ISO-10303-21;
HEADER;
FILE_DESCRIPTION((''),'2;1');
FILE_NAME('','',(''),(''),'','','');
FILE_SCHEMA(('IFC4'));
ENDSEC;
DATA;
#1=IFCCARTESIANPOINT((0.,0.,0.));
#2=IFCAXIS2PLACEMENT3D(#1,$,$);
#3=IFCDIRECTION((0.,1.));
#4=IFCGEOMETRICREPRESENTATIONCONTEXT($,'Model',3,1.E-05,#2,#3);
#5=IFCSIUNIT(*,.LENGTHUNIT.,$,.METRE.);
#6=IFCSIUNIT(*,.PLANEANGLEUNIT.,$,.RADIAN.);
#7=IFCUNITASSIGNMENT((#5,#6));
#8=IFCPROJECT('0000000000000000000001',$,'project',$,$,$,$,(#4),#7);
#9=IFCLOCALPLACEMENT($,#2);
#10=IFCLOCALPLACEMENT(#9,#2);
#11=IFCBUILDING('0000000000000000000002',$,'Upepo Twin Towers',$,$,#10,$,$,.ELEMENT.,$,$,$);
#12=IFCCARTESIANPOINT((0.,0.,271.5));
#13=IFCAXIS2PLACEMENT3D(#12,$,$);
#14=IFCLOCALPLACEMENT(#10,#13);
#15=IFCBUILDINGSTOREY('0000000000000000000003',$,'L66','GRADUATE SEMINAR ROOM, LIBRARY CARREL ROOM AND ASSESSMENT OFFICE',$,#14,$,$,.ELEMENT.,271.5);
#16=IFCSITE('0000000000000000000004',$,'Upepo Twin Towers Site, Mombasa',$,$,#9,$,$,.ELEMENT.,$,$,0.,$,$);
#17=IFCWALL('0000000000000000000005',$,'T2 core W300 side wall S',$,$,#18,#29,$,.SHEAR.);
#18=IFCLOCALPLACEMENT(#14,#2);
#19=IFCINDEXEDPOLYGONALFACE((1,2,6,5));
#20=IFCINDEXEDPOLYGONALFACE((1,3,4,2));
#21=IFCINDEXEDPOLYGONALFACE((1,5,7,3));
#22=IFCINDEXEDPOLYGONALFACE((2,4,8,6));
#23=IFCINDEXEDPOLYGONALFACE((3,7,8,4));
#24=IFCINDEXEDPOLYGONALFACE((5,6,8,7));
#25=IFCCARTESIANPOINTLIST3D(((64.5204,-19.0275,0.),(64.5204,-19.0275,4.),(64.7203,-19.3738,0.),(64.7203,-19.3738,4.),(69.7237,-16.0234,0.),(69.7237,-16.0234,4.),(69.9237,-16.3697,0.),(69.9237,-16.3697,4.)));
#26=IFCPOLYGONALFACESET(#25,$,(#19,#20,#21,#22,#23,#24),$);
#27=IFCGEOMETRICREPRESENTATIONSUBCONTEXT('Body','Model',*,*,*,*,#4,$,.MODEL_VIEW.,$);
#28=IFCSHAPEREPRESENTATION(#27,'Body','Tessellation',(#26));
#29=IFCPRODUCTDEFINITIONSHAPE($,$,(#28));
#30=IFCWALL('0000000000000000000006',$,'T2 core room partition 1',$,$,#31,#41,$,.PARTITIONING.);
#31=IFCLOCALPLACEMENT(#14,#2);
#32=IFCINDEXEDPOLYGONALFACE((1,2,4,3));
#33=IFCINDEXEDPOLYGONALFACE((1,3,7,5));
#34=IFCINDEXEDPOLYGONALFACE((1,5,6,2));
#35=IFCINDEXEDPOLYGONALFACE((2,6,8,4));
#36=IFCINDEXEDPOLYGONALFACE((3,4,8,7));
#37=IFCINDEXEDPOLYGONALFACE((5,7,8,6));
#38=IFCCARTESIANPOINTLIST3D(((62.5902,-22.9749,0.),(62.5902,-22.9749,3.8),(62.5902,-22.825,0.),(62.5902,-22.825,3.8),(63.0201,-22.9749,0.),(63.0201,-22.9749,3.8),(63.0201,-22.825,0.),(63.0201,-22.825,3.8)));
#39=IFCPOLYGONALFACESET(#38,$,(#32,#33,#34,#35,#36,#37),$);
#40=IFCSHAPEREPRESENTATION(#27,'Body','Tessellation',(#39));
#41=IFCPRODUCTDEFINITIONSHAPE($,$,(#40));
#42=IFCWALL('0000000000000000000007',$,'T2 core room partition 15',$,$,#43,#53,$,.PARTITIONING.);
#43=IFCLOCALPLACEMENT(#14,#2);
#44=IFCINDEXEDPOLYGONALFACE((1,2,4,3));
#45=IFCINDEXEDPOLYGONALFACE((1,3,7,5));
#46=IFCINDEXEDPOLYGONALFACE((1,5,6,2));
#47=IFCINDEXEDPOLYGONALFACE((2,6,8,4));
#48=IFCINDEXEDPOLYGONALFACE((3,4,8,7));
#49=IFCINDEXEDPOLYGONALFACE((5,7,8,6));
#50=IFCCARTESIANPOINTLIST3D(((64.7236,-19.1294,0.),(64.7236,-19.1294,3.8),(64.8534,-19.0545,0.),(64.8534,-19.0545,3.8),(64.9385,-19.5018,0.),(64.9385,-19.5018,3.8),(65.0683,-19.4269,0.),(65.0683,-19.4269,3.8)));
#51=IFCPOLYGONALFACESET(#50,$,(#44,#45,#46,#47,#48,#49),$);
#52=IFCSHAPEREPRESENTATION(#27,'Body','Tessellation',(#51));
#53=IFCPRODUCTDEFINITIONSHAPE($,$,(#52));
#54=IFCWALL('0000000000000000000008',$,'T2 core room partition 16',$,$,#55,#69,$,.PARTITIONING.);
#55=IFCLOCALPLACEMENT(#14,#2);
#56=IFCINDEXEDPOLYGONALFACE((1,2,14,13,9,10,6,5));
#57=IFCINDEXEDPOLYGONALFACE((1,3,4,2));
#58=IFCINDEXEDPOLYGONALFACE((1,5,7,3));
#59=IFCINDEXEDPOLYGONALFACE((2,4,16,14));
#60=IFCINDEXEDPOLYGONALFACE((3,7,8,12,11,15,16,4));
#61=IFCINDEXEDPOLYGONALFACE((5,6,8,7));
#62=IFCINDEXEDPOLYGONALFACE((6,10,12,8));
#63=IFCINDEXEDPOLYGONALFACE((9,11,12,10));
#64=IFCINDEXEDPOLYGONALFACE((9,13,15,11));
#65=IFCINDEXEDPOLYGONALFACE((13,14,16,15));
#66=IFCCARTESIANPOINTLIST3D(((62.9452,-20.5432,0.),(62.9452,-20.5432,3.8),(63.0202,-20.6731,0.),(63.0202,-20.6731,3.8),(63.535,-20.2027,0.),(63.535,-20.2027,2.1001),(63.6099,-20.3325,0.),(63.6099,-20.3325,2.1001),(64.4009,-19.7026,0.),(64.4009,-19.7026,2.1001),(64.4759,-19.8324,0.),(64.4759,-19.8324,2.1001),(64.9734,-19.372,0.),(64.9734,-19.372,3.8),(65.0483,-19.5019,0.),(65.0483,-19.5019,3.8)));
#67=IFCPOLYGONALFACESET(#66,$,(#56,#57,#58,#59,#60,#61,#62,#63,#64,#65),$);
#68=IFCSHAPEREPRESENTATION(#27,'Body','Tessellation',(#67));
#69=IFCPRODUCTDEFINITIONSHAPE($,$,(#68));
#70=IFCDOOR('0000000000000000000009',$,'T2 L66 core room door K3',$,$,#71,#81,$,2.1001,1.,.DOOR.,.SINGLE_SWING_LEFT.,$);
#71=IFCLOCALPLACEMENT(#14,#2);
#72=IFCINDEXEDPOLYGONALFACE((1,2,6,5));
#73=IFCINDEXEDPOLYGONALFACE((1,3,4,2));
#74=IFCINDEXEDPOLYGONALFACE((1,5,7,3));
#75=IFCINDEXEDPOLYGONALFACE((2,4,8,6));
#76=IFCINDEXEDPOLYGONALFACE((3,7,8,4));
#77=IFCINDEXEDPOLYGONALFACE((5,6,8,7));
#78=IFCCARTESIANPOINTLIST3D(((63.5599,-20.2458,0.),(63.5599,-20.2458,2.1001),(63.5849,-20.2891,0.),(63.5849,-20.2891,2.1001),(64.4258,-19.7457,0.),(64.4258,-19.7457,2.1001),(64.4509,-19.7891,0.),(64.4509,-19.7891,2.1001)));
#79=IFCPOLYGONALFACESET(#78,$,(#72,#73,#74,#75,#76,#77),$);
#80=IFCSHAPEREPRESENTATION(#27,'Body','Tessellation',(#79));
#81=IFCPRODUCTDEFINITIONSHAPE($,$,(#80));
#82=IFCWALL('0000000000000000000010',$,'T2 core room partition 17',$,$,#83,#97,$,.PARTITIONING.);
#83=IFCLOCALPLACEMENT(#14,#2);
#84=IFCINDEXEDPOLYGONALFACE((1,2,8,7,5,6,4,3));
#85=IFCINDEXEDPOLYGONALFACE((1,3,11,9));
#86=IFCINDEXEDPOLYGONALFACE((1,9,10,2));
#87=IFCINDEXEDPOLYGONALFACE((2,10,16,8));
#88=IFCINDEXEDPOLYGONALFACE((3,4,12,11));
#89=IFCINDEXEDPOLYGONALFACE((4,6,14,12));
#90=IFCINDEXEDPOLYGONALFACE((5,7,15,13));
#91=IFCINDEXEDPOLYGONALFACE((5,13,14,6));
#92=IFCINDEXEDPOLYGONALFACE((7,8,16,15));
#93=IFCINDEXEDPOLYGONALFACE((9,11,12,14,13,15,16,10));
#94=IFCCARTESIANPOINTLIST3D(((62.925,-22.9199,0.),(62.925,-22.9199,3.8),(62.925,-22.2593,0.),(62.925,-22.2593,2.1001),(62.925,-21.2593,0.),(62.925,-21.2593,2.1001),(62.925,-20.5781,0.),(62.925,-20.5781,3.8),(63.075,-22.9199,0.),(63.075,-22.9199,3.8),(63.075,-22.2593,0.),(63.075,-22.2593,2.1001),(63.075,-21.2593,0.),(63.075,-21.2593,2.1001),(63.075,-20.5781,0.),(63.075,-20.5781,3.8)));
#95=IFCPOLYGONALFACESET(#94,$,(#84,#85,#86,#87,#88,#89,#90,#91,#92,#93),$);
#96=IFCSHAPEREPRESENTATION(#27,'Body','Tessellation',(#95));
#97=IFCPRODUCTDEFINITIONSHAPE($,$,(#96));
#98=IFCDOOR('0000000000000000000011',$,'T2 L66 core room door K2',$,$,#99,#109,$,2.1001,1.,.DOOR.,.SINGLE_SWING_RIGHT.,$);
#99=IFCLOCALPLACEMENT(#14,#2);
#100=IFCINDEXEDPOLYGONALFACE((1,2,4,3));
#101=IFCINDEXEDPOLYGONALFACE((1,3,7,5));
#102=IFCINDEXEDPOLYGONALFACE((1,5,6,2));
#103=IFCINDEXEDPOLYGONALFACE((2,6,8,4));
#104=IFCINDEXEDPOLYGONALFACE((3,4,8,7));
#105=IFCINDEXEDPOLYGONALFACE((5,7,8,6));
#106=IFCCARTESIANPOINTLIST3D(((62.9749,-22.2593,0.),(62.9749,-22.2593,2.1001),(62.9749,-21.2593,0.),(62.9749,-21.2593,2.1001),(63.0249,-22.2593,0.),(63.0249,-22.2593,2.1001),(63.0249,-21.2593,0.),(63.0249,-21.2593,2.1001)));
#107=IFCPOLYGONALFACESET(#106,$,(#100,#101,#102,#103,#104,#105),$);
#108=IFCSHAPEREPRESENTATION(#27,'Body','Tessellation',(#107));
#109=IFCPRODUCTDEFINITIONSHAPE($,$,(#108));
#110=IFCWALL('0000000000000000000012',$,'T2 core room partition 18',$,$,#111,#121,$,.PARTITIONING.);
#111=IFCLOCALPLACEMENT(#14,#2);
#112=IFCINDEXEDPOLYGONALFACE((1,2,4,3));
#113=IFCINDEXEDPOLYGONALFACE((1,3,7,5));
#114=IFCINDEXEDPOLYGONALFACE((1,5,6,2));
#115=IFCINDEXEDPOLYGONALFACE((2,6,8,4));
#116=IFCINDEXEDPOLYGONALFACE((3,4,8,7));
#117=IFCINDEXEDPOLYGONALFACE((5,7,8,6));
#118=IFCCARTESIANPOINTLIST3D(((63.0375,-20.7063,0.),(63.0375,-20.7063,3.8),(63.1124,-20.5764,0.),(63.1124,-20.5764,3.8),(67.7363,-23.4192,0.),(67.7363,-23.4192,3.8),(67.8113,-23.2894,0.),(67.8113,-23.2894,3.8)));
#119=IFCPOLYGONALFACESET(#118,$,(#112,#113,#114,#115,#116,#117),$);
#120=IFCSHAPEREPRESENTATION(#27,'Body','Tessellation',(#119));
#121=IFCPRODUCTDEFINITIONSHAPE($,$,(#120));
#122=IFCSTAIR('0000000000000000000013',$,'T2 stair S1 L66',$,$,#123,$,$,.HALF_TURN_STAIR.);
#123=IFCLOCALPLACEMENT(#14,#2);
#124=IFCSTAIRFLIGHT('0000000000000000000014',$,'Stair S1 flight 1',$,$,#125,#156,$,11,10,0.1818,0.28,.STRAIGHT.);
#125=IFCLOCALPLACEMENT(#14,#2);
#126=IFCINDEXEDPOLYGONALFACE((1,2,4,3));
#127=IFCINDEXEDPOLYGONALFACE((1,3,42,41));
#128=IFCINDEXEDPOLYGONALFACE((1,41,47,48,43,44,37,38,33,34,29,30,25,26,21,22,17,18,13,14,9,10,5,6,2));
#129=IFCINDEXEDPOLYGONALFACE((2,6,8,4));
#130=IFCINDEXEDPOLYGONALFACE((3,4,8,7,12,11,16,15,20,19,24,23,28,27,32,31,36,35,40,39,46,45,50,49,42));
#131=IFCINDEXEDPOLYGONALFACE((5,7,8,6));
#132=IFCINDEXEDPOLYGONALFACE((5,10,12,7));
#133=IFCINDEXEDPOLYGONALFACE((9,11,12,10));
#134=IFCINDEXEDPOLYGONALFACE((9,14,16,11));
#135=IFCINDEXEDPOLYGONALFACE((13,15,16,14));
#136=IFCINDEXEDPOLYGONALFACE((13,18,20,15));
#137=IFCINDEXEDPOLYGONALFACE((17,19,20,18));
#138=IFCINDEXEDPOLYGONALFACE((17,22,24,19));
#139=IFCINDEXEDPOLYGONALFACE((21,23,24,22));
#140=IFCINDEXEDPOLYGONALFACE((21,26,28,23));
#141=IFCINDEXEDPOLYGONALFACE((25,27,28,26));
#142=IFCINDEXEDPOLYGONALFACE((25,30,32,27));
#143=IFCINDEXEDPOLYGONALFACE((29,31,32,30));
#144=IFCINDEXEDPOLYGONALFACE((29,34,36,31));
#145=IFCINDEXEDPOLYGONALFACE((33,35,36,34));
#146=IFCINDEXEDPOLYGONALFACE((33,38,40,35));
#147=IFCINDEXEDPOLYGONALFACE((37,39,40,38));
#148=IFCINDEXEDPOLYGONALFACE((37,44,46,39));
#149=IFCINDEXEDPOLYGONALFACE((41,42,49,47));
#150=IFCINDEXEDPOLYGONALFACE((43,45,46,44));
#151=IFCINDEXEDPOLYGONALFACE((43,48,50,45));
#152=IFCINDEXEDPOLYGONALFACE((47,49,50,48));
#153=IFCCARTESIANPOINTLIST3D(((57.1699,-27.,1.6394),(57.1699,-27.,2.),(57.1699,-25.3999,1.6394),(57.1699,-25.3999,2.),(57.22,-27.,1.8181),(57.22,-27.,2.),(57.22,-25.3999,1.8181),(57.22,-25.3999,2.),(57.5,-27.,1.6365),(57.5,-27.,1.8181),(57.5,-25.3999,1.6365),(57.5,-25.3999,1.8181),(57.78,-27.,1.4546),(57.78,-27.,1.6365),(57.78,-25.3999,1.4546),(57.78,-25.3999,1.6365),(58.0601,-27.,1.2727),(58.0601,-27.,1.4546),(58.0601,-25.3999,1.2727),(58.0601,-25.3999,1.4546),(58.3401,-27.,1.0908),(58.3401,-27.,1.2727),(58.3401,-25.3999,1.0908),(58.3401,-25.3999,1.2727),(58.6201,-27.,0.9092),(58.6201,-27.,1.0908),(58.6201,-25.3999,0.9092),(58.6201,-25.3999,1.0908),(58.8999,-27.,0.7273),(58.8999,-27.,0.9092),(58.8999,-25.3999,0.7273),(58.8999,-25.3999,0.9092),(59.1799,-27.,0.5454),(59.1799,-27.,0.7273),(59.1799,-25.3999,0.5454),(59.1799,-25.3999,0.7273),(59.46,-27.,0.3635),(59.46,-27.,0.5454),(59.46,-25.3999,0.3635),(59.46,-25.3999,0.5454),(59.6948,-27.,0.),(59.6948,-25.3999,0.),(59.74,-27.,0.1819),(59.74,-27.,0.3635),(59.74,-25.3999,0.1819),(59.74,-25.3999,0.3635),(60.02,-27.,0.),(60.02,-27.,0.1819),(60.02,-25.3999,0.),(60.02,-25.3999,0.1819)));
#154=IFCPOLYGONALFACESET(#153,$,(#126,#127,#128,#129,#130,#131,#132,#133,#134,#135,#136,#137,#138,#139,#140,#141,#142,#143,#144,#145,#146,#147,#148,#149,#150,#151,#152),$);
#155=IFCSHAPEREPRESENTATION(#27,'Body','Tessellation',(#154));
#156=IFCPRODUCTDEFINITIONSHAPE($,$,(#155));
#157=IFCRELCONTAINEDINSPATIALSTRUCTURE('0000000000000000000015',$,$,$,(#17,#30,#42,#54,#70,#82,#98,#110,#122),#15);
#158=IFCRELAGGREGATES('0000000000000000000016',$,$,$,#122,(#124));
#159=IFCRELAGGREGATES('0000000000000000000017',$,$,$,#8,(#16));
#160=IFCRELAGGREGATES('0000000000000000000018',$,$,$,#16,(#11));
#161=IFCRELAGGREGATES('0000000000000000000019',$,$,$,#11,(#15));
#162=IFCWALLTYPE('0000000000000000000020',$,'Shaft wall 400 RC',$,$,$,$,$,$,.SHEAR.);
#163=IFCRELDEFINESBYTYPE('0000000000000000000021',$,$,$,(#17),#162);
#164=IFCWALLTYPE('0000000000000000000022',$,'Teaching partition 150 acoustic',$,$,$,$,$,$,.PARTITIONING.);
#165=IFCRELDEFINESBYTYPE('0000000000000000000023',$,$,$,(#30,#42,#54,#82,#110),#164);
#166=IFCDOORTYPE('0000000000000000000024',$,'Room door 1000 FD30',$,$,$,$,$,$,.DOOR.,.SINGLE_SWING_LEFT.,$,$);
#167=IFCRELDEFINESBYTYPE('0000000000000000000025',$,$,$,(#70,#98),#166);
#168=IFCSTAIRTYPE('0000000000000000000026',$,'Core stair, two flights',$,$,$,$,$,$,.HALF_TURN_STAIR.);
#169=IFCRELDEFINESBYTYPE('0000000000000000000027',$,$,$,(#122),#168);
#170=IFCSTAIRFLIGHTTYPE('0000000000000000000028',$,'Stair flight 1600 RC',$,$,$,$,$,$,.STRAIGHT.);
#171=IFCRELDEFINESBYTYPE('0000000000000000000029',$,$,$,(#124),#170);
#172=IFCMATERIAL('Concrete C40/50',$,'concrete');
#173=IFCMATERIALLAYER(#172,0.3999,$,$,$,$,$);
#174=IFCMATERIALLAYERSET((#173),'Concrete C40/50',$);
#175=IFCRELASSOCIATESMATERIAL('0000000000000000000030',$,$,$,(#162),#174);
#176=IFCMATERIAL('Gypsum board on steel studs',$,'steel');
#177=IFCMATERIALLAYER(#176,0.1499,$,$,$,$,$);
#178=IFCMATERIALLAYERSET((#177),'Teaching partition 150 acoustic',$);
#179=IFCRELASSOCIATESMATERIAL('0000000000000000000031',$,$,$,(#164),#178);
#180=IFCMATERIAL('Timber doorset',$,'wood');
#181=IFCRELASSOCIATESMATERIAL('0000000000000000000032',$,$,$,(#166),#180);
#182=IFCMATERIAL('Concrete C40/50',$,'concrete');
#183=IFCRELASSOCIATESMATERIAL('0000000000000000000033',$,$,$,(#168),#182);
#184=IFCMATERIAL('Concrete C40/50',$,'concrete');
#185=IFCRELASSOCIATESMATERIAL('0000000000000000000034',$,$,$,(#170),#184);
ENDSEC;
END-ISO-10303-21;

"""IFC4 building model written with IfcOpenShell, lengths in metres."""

from ifc_helpers import new_model, si_unit, direction, frame, frame_2d, origin, place, context, subcontext, project, spatial, polyline, rectangle, outline, extrude, material, layer, layer_set, type_object, element, fill, aggregate, save


model = new_model("IFC4")

# Units and contexts
model_context = context("Model", 3, precision=1e-05, world=origin(), true_north=direction((0.0, 1.0)))
body_context = subcontext(model_context, "Body", "Model", "MODEL_VIEW")
ifc_project = project(units=[si_unit("LENGTHUNIT", "METRE"), si_unit("PLANEANGLEUNIT", "RADIAN")], contexts=[model_context])

# Site, building, storey
site_placement = place(None, origin())
site = spatial("IfcSite", under=ifc_project, at=site_placement, Name="Upepo Twin Towers Site, Mombasa", CompositionType="ELEMENT", RefElevation=0.0)
building_placement = place(site_placement, origin())
building = spatial("IfcBuilding", under=site, at=building_placement, Name="Upepo Twin Towers", CompositionType="ELEMENT")
storey_placement = place(building_placement, frame((0.0, 0.0, 271.5)))
storey = spatial("IfcBuildingStorey", under=building, at=storey_placement, Name="L66", Description="GRADUATE SEMINAR ROOM, LIBRARY CARREL ROOM AND ASSESSMENT OFFICE", CompositionType="ELEMENT", Elevation=271.5)

# Walls
ifc_material_1 = material(Name="Concrete C40/50", Category="concrete")
ifc_layer_1 = layer(ifc_material_1, 0.3999)
ifc_layer_set_1 = layer_set([ifc_layer_1], Name="Concrete C40/50")
wall_type_1 = type_object("IfcWallType", Name="Shaft wall 400 RC", PredefinedType="SHEAR", material=ifc_layer_set_1)
for number, where, z_axis, x_axis, name in (
    (1, (64.6204, -19.2007, 0.0), (0.0, 0.0, 1.0), (0.866027, 0.499998, 0.0), "T2 core W300 side wall S"),
):
    element("IfcWall", number, at=place(storey_placement, frame(where, z_axis=z_axis, x_axis=x_axis)), inside=storey, type_object=wall_type_1, Name=name, PredefinedType="SHEAR", context=body_context, shape_type="SweptSolid", body=[
        extrude(rectangle(XDim=6.0083, YDim=0.3999, at=frame_2d((3.0042, 0.0))), origin(), (0.0, 0.0, 1.0), 4.0),
    ])
ifc_material_2 = material(Name="Gypsum board on steel studs", Category="steel")
ifc_layer_2 = layer(ifc_material_2, 0.1499)
ifc_layer_set_2 = layer_set([ifc_layer_2], Name="Teaching partition 150 acoustic")
wall_type_2 = type_object("IfcWallType", Name="Teaching partition 150 acoustic", PredefinedType="PARTITIONING", material=ifc_layer_set_2)
for number, where, z_axis, x_axis, name in (
    (2, (63.02, -22.8999, 0.0), (0.0, 0.0, 1.0), (-1.0, 0.0, 0.0), "T2 core room partition 1"),
    (3, (64.7886, -19.092, 0.0), (0.0, 0.0, 1.0), (0.499804, -0.866138, 0.0), "T2 core room partition 15"),
):
    element("IfcWall", number, at=place(storey_placement, frame(where, z_axis=z_axis, x_axis=x_axis)), inside=storey, type_object=wall_type_2, Name=name, PredefinedType="PARTITIONING", context=body_context, shape_type="SweptSolid", body=[
        extrude(rectangle(XDim=0.4299, YDim=0.1499, at=frame_2d((0.2148, 0.0))), origin(), (0.0, 0.0, 1.0), 3.8),
    ])

# Walls, openings, doors
wall_1_placement = place(storey_placement, frame((65.0107, -19.437, 0.0), z_axis=(0.0, 0.0, 1.0), x_axis=(-0.865982, -0.500074, 0.0)))
wall_1 = element("IfcWall", 4, at=wall_1_placement, inside=storey, type_object=wall_type_2, Name="T2 core room partition 16", PredefinedType="PARTITIONING", context=body_context, shape_type="SweptSolid", body=[
    extrude(rectangle(XDim=2.342, YDim=0.1499, at=frame_2d((1.1709, 0.0))), origin(), (0.0, 0.0, 1.0), 3.8),
])
opening_1_placement = place(wall_1_placement, frame((0.6609, 0.0, 0.0)))
opening_1 = element("IfcOpeningElement", 5, at=opening_1_placement, cuts=wall_1, PredefinedType="OPENING", context=body_context, shape_type="SweptSolid", body=[
    extrude(rectangle(XDim=1.0, YDim=2.1001, at=frame_2d((0.5, 1.05))), frame((0.0, 0.085, 0.0), z_axis=(0.0, -1.0, 0.0), x_axis=(1.0, 0.0, 0.0)), (0.0, 0.0, 1.0), 0.1699),
])
ifc_material_3 = material(Name="Timber doorset", Category="wood")
door_type_1 = type_object("IfcDoorType", Name="Room door 1000 FD30", OperationType="SINGLE_SWING_LEFT", PredefinedType="DOOR", material=ifc_material_3)
door_1_placement = place(opening_1_placement, origin())
door_1 = element("IfcDoor", 6, at=door_1_placement, inside=storey, type_object=door_type_1, Name="T2 L66 core room door K3", OperationType="SINGLE_SWING_LEFT", OverallHeight=2.1001, OverallWidth=1.0, PredefinedType="DOOR", context=body_context, shape_type="SweptSolid", body=[
    extrude(rectangle(XDim=1.0, YDim=2.1001, at=frame_2d((0.5, 1.05))), frame((0.0, 0.0249, 0.0), z_axis=(0.0, -1.0, 0.0), x_axis=(1.0, 0.0, 0.0)), (0.0, 0.0, 1.0), 0.05),
])
fill(opening_1, door_1)
wall_2_placement = place(storey_placement, frame((63.0, -20.5781, 0.0), z_axis=(0.0, 0.0, 1.0), x_axis=(0.0, -1.0, 0.0)))
wall_2 = element("IfcWall", 7, at=wall_2_placement, inside=storey, type_object=wall_type_2, Name="T2 core room partition 17", PredefinedType="PARTITIONING", context=body_context, shape_type="SweptSolid", body=[
    extrude(rectangle(XDim=2.3418, YDim=0.1499, at=frame_2d((1.1709, 0.0))), origin(), (0.0, 0.0, 1.0), 3.8),
])
opening_2_placement = place(wall_2_placement, frame((0.6812, 0.0, 0.0)))
opening_2 = element("IfcOpeningElement", 8, at=opening_2_placement, cuts=wall_2, PredefinedType="OPENING", context=body_context, shape_type="SweptSolid", body=[
    extrude(rectangle(XDim=1.0, YDim=2.1001, at=frame_2d((0.5, 1.05))), frame((0.0, 0.085, 0.0), z_axis=(0.0, -1.0, 0.0), x_axis=(1.0, 0.0, 0.0)), (0.0, 0.0, 1.0), 0.1699),
])
door_2_placement = place(opening_2_placement, origin())
door_2 = element("IfcDoor", 9, at=door_2_placement, inside=storey, type_object=door_type_1, Name="T2 L66 core room door K2", OperationType="SINGLE_SWING_RIGHT", OverallHeight=2.1001, OverallWidth=1.0, PredefinedType="DOOR", context=body_context, shape_type="SweptSolid", body=[
    extrude(rectangle(XDim=1.0, YDim=2.1001, at=frame_2d((0.5, 1.05))), frame((0.0, 0.0249, 0.0), z_axis=(0.0, -1.0, 0.0), x_axis=(1.0, 0.0, 0.0)), (0.0, 0.0, 1.0), 0.05),
])
fill(opening_2, door_2)

# Wall
wall_3_placement = place(storey_placement, frame((63.075, -20.6414, 0.0), z_axis=(0.0, 0.0, 1.0), x_axis=(0.866019, -0.500011, 0.0)))
element("IfcWall", 10, at=wall_3_placement, inside=storey, type_object=wall_type_2, Name="T2 core room partition 18", PredefinedType="PARTITIONING", context=body_context, shape_type="SweptSolid", body=[
    extrude(rectangle(XDim=5.4258, YDim=0.1499, at=frame_2d((2.7129, 0.0))), origin(), (0.0, 0.0, 1.0), 3.8),
])

# Stair, stair flight
ifc_material_4 = material(Name="Concrete C40/50", Category="concrete")
stair_type = type_object("IfcStairType", Name="Core stair, two flights", PredefinedType="HALF_TURN_STAIR", material=ifc_material_4)
stair_placement = place(storey_placement, origin())
stair = element("IfcStair", 11, at=stair_placement, inside=storey, type_object=stair_type, Name="T2 stair S1 L66", PredefinedType="HALF_TURN_STAIR")
ifc_material_5 = material(Name="Concrete C40/50", Category="concrete")
stair_flight_type = type_object("IfcStairFlightType", Name="Stair flight 1600 RC", PredefinedType="STRAIGHT", material=ifc_material_5)
stair_flight_1_placement = place(storey_placement, frame((60.02, -26.2, 0.0), z_axis=(0.0, 0.0, 1.0), x_axis=(-1.0, 0.0, 0.0)))
stair_flight_1 = element("IfcStairFlight", 12, at=stair_flight_1_placement, type_object=stair_flight_type, Name="Stair S1 flight 1", NumberOfRisers=11, NumberOfTreads=10, PredefinedType="STRAIGHT", RiserHeight=0.1818, TreadLength=0.28, context=body_context, shape_type="SweptSolid", body=[
    extrude(outline(polyline([(0.0, 0.0), (0.0, 0.1819), (0.28, 0.1819), (0.28, 0.3635), (0.5601, 0.3635), (0.5601, 0.5454), (0.8401, 0.5454), (0.8401, 0.7273), (1.1201, 0.7273), (1.1201, 0.9092), (1.3999, 0.9092), (1.3999, 1.0908), (1.6799, 1.0908), (1.6799, 1.2727), (1.96, 1.2727), (1.96, 1.4546), (2.24, 1.4546), (2.24, 1.6365), (2.52, 1.6365), (2.52, 1.8181), (2.8, 1.8181), (2.8, 2.0), (2.8501, 2.0), (2.8501, 1.6394), (0.3252, 0.0), (0.0, 0.0)])), frame((0.0, 0.8, 0.0), z_axis=(0.0, -1.0, 0.0), x_axis=(1.0, 0.0, 0.0)), (0.0, 0.0, 1.0), 1.6001),
])
aggregate(stair, [stair_flight_1])

save(model, "model.ifc")
